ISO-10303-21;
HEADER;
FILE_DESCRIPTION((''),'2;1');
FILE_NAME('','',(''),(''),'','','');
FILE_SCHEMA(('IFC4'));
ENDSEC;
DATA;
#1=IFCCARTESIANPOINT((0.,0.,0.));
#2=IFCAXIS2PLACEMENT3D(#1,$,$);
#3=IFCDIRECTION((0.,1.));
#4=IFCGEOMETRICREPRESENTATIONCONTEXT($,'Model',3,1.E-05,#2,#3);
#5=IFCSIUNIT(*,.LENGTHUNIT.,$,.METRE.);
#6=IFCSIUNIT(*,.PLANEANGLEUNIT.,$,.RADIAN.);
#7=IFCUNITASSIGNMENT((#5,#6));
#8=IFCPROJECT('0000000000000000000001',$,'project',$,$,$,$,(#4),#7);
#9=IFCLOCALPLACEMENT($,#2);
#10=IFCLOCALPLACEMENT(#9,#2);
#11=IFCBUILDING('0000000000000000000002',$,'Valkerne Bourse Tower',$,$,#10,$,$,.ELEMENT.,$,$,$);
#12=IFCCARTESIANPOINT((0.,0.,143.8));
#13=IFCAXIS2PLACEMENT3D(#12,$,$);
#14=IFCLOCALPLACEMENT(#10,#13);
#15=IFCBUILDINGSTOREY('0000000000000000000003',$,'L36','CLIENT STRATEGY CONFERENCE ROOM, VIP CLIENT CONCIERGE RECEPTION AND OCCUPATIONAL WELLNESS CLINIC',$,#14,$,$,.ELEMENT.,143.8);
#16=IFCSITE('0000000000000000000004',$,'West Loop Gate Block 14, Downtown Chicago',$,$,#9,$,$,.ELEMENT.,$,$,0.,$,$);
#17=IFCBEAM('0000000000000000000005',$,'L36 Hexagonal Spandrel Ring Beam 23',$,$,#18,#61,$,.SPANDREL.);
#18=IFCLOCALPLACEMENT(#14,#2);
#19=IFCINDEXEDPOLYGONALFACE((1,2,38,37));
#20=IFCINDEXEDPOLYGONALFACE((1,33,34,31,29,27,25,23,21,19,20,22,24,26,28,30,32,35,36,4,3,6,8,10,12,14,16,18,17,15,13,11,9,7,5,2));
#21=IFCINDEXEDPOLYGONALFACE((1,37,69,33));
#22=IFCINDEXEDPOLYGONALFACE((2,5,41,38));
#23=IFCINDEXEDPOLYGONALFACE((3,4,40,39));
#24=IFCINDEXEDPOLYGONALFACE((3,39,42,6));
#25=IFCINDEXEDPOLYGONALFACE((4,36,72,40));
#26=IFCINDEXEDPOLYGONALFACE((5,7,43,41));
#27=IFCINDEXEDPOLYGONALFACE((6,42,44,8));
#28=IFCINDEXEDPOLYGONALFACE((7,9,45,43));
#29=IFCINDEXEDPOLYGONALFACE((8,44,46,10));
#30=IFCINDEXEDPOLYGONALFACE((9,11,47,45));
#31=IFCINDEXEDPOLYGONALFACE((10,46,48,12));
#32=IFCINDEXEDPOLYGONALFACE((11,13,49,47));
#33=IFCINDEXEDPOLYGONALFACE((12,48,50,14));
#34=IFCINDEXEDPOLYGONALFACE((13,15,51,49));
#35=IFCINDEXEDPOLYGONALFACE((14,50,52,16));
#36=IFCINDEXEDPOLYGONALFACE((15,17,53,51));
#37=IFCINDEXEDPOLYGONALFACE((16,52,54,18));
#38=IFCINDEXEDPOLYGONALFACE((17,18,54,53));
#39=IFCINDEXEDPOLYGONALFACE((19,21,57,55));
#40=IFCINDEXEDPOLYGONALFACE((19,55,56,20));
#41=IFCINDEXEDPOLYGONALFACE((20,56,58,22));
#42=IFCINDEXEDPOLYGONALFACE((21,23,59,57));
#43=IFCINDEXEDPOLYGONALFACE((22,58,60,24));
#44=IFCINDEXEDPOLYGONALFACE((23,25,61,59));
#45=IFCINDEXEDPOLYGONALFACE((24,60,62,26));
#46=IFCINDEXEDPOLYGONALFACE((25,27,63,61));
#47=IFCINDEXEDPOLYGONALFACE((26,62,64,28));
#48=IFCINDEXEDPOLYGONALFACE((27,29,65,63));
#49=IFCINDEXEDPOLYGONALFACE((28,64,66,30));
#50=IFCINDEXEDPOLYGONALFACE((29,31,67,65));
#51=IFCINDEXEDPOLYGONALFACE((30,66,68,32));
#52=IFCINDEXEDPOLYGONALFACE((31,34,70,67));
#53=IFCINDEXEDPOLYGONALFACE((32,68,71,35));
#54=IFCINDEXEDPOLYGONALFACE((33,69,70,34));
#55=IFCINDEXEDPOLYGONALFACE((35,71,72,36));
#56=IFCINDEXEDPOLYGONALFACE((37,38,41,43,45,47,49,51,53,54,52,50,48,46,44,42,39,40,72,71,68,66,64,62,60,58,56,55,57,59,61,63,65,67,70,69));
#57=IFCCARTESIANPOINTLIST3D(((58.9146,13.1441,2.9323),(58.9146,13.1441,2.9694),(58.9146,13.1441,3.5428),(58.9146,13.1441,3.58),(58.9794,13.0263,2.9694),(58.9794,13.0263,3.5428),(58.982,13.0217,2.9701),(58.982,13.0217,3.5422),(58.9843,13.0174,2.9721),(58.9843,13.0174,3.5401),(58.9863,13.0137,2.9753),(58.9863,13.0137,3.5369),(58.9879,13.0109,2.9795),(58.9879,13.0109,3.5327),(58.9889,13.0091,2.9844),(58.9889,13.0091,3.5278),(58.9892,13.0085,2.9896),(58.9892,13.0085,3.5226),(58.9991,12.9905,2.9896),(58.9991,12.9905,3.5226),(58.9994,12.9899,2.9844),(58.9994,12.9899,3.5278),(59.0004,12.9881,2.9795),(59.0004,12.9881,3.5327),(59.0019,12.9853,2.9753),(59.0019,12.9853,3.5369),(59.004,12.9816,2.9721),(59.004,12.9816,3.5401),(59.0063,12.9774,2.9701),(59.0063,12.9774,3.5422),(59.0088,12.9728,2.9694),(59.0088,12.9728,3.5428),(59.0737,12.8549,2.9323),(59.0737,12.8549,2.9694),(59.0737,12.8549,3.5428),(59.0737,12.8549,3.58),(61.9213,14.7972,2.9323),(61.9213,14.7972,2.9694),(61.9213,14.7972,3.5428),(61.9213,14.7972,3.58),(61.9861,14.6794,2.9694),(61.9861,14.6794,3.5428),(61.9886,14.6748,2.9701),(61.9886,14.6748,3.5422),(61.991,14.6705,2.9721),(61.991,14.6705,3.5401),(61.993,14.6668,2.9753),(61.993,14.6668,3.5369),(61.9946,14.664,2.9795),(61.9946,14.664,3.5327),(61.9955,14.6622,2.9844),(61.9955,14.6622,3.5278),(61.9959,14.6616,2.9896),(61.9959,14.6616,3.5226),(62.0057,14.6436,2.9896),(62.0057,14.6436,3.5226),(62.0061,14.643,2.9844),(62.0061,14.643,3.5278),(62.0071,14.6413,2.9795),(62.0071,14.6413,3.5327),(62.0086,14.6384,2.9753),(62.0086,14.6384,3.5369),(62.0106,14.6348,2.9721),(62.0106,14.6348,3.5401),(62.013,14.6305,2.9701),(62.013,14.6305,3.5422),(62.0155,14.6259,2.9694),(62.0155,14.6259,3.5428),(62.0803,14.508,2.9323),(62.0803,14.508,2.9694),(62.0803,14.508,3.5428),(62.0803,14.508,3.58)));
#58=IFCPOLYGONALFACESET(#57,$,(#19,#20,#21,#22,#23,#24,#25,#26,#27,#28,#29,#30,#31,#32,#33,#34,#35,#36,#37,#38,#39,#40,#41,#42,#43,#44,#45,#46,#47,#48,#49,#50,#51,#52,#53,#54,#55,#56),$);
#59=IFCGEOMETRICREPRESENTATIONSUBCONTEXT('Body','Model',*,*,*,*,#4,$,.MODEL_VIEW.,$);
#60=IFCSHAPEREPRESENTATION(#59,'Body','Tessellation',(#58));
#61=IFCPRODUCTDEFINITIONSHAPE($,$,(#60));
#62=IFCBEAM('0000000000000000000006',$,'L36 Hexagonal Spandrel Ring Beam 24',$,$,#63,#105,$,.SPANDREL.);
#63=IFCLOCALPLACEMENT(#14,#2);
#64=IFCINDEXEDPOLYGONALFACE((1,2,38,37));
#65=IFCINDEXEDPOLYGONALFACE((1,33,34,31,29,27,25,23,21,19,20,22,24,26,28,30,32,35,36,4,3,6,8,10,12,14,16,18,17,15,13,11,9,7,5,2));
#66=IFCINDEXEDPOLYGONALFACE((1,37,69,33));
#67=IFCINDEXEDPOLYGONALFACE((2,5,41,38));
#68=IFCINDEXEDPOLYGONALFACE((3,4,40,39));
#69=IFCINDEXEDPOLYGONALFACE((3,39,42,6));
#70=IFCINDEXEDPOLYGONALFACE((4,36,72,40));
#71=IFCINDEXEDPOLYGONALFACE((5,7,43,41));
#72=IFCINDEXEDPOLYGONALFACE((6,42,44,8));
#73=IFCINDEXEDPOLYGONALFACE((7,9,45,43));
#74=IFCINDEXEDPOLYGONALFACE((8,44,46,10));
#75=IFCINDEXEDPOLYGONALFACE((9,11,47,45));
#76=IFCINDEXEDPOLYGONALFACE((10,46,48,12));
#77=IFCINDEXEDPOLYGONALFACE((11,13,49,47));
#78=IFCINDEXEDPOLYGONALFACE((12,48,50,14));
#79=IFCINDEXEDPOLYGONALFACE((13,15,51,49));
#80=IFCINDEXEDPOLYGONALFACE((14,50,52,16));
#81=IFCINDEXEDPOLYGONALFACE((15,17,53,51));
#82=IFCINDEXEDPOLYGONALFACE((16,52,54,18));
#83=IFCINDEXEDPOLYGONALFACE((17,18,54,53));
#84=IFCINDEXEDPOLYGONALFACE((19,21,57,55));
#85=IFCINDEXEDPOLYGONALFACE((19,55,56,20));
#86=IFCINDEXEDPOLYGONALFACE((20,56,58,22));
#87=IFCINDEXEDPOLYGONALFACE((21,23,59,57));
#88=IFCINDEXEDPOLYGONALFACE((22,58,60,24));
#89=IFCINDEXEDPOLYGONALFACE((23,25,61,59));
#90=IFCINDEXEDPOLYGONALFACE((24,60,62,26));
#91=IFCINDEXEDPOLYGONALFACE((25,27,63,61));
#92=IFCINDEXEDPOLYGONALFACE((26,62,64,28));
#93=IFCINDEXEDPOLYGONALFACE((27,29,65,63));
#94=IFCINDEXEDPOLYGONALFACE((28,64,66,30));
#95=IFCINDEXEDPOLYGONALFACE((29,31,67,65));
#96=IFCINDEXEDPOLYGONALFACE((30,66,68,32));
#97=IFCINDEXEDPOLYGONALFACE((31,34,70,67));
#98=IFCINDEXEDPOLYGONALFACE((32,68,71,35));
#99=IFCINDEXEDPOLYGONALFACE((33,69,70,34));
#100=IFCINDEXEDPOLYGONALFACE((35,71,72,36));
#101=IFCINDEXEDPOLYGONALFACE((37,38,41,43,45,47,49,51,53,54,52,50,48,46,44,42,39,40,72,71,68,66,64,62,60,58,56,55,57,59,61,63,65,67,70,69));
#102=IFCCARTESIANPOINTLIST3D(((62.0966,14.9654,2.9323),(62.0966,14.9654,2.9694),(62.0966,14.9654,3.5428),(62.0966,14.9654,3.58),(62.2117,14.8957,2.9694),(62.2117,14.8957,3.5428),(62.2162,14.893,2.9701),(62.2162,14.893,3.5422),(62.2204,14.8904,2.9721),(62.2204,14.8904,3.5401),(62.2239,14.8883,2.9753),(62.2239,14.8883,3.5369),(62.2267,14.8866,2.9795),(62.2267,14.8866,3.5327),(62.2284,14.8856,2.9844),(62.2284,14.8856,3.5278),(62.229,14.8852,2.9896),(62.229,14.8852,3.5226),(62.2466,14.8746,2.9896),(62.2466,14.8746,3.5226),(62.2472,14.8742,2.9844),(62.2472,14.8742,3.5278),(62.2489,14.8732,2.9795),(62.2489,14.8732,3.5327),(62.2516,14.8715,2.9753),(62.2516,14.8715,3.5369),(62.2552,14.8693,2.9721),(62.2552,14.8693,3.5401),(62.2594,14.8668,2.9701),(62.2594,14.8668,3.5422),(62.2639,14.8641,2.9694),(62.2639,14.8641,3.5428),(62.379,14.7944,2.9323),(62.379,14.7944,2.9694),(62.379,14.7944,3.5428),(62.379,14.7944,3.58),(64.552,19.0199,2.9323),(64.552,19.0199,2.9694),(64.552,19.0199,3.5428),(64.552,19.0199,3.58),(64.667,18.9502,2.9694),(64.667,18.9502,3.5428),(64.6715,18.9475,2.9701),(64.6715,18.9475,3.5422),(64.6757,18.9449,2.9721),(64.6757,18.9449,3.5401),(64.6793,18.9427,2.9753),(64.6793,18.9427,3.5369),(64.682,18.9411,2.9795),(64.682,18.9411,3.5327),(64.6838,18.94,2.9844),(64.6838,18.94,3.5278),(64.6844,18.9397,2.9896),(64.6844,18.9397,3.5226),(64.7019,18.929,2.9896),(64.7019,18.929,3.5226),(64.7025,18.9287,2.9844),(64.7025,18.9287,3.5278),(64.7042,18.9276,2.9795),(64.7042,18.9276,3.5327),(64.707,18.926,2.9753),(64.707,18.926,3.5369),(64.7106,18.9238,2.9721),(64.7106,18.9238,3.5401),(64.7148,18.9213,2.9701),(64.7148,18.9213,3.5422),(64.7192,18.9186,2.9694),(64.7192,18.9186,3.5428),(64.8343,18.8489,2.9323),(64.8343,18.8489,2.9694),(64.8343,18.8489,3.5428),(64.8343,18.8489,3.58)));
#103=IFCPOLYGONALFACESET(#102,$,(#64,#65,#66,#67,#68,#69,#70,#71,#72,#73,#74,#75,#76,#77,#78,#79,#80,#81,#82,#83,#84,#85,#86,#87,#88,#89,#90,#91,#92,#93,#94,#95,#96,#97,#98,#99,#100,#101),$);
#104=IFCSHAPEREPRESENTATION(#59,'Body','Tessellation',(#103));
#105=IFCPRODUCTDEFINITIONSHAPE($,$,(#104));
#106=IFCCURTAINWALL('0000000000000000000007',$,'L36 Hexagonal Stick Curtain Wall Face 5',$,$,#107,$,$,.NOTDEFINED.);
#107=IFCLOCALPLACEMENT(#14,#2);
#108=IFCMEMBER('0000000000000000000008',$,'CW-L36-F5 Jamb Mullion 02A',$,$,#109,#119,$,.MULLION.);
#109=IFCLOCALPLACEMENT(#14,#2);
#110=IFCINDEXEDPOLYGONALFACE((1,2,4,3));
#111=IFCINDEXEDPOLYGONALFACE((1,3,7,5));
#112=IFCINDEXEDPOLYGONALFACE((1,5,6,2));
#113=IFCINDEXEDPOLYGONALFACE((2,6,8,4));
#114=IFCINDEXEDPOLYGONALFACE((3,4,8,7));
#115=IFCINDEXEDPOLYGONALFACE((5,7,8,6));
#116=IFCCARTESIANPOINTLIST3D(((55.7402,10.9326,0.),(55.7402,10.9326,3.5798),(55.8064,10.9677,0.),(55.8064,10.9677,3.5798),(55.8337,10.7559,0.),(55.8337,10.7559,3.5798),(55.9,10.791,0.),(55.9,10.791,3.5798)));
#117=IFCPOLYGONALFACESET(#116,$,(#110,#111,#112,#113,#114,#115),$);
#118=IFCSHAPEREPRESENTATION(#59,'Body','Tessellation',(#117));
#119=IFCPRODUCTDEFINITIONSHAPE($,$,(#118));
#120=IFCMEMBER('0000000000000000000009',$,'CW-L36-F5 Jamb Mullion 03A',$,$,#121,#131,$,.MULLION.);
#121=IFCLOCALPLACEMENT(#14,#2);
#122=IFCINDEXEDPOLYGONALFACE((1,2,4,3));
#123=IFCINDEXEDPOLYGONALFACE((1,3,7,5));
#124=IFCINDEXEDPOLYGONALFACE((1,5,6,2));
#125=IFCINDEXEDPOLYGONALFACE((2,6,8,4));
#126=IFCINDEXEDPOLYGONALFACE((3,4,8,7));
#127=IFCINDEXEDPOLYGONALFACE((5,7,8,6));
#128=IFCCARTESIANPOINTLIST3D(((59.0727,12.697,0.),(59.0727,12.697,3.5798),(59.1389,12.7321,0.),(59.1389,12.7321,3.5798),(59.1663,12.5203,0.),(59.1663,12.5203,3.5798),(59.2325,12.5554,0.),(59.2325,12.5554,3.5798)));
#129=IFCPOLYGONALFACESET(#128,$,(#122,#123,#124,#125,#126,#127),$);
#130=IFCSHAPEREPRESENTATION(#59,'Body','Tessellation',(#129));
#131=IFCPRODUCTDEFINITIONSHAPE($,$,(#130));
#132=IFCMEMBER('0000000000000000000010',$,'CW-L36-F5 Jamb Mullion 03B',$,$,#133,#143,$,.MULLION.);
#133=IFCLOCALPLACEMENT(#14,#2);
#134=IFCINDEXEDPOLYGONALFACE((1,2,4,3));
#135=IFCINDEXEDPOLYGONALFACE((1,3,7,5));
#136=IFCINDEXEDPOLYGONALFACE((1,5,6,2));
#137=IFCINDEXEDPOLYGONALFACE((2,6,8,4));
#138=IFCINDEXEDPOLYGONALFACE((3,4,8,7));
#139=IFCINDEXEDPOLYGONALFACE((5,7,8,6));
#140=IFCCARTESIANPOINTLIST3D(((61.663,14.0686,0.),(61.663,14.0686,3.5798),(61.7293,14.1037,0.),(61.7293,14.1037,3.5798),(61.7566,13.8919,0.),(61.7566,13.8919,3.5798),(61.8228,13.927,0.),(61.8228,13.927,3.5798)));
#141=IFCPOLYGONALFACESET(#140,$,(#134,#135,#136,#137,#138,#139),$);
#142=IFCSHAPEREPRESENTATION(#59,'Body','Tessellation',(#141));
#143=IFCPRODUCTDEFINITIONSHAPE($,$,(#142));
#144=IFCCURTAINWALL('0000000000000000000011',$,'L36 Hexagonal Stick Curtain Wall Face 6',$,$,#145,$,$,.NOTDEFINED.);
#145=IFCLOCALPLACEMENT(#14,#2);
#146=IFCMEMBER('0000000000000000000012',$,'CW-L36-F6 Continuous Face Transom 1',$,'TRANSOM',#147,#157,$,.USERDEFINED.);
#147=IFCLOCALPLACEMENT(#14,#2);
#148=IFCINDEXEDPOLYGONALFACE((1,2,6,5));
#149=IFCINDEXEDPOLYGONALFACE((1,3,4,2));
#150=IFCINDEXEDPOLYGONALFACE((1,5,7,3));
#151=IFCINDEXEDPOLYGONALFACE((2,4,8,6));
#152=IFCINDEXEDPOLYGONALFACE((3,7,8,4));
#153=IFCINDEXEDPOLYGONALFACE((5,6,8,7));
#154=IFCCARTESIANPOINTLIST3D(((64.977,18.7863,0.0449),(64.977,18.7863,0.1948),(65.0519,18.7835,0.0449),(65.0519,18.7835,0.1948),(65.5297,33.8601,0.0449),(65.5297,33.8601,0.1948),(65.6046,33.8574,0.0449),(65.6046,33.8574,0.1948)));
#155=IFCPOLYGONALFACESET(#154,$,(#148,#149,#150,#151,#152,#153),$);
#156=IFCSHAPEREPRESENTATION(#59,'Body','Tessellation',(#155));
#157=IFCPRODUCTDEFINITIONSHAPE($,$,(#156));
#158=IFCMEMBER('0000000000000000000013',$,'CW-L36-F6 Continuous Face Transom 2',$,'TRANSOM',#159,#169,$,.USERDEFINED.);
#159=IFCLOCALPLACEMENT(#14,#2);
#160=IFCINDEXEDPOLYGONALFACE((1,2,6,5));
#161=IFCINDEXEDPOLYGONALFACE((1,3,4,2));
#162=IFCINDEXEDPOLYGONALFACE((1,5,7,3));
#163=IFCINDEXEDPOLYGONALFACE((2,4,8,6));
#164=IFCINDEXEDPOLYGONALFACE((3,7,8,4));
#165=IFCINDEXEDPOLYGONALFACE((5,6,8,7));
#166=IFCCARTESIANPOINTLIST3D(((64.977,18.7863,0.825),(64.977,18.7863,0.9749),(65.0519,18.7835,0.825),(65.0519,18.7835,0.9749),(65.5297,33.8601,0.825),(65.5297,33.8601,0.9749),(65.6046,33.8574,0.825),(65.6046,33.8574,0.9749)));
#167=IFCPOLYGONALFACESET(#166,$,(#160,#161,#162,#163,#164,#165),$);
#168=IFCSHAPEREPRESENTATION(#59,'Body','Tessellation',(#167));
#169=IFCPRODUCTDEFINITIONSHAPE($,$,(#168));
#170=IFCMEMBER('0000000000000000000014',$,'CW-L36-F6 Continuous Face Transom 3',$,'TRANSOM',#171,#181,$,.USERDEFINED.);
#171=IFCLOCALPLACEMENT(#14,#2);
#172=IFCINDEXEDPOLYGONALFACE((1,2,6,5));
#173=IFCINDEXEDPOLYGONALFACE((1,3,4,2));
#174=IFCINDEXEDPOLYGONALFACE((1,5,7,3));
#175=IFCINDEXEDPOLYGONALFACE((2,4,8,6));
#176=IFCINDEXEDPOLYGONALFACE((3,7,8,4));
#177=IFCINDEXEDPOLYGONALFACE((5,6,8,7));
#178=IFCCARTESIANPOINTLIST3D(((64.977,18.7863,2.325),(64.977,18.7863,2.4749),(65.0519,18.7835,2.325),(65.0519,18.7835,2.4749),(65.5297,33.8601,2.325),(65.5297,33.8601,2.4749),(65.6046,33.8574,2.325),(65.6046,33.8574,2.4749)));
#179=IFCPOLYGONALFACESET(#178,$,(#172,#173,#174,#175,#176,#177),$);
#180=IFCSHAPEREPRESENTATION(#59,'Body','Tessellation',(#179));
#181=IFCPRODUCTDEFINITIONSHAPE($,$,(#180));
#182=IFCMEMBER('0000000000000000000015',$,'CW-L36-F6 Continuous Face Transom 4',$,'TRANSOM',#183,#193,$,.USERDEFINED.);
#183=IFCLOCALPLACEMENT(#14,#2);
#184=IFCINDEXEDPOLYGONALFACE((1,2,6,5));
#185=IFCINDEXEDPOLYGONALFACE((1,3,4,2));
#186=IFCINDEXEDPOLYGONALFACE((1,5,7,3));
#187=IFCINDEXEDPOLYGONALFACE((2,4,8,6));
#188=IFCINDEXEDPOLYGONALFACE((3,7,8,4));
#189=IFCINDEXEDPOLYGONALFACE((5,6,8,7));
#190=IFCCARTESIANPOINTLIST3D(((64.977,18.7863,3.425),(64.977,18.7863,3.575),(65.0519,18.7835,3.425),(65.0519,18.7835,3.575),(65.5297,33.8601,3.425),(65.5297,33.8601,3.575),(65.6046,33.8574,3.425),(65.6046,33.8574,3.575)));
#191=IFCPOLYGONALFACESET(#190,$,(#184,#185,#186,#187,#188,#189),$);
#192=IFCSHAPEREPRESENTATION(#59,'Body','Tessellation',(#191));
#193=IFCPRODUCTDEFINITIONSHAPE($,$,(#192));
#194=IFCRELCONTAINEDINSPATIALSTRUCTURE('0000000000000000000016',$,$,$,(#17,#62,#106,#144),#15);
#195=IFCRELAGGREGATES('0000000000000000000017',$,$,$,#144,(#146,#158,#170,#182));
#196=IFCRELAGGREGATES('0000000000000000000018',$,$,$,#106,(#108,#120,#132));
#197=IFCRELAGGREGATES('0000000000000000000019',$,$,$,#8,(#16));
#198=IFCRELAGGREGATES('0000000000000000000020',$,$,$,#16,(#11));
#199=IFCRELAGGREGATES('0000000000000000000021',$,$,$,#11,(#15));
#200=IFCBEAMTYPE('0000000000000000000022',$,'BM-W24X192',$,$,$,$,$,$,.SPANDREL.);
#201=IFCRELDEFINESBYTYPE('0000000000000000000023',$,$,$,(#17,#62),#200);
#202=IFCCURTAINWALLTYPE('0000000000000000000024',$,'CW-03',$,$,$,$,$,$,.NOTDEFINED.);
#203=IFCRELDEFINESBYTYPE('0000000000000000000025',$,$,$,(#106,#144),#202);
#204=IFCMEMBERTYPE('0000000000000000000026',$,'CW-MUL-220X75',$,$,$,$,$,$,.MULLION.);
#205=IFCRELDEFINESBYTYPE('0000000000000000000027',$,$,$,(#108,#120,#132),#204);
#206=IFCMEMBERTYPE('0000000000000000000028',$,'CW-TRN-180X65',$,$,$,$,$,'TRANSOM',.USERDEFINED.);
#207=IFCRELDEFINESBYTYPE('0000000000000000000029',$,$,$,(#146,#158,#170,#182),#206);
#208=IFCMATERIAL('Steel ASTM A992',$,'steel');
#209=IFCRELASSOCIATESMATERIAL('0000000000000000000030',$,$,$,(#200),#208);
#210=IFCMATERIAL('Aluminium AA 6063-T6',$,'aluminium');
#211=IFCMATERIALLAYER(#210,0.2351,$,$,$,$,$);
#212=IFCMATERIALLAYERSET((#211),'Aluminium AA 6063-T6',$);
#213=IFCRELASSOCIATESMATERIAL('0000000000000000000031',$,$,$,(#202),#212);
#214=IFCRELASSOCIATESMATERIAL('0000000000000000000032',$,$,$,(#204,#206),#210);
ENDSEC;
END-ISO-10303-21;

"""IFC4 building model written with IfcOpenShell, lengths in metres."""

from ifc_helpers import new_model, si_unit, direction, frame, origin, origin_2d, place, context, subcontext, project, spatial, rectangle, i_section, extrude, material, layer, layer_set, material_profile, profile_set, type_object, element, aggregate, save


model = new_model("IFC4")

# Units and contexts
model_context = context("Model", 3, precision=1e-05, world=origin(), true_north=direction((0.0, 1.0)))
body_context = subcontext(model_context, "Body", "Model", "MODEL_VIEW")
ifc_project = project(units=[si_unit("LENGTHUNIT", "METRE"), si_unit("PLANEANGLEUNIT", "RADIAN")], contexts=[model_context])

# Site, building, storey
site_placement = place(None, origin())
site = spatial("IfcSite", under=ifc_project, at=site_placement, Name="West Loop Gate Block 14, Downtown Chicago", CompositionType="ELEMENT", RefElevation=0.0)
building_placement = place(site_placement, origin())
building = spatial("IfcBuilding", under=site, at=building_placement, Name="Valkerne Bourse Tower", CompositionType="ELEMENT")
storey_placement = place(building_placement, frame((0.0, 0.0, 143.8)))
storey = spatial("IfcBuildingStorey", under=building, at=storey_placement, Name="L36", Description="CLIENT STRATEGY CONFERENCE ROOM, VIP CLIENT CONCIERGE RECEPTION AND OCCUPATIONAL WELLNESS CLINIC", CompositionType="ELEMENT", Elevation=143.8)

# Beams
ifc_material_1 = material(Name="Steel ASTM A992", Category="steel")
ifc_material_profile_1 = material_profile(ifc_material_1, i_section(OverallWidth=0.3301, OverallDepth=0.6477, WebThickness=0.0205, FlangeThickness=0.0371, FilletRadius=0.0203, at=origin_2d()), Name="W24X192")
ifc_profile_set_1 = profile_set([ifc_material_profile_1], Name="Steel ASTM A992")
beam_type = type_object("IfcBeamType", Name="BM-W24X192", PredefinedType="SPANDREL", material=ifc_profile_set_1)
beam_1_placement = place(storey_placement, frame((58.9941, 12.9995, 3.2561), z_axis=(0.876284, 0.481796, 0.0), x_axis=(-0.481796, 0.876284, 0.0)))
element("IfcBeam", 1, at=beam_1_placement, inside=storey, type_object=beam_type, Name="L36 Hexagonal Spandrel Ring Beam 23", PredefinedType="SPANDREL", context=body_context, shape_type="SweptSolid", body=[
    extrude(i_section(OverallWidth=0.3301, OverallDepth=0.6477, WebThickness=0.0205, FlangeThickness=0.0371, FilletRadius=0.0203, at=origin_2d()), origin(), (0.0, 0.0, 1.0), 3.4312),
])
beam_2_placement = place(storey_placement, frame((62.2378, 14.8799, 3.2561), z_axis=(0.518006, 0.855377, 0.0), x_axis=(-0.855377, 0.518006, 0.0)))
element("IfcBeam", 2, at=beam_2_placement, inside=storey, type_object=beam_type, Name="L36 Hexagonal Spandrel Ring Beam 24", PredefinedType="SPANDREL", context=body_context, shape_type="SweptSolid", body=[
    extrude(i_section(OverallWidth=0.3301, OverallDepth=0.6477, WebThickness=0.0205, FlangeThickness=0.0371, FilletRadius=0.0203, at=origin_2d()), origin(), (0.0, 0.0, 1.0), 4.74),
])

# Curtain walls, members
ifc_material_2 = material(Name="Aluminium AA 6063-T6", Category="aluminium")
ifc_layer_1 = layer(ifc_material_2, 0.2351)
ifc_layer_set_1 = layer_set([ifc_layer_1], Name="Aluminium AA 6063-T6")
curtain_wall_type = type_object("IfcCurtainWallType", Name="CW-03", PredefinedType="NOTDEFINED", material=ifc_layer_set_1)
curtain_wall_1_placement = place(storey_placement, origin())
curtain_wall_1 = element("IfcCurtainWall", 3, at=curtain_wall_1_placement, inside=storey, type_object=curtain_wall_type, Name="L36 Hexagonal Stick Curtain Wall Face 5", PredefinedType="NOTDEFINED")
ifc_material_profile_2 = material_profile(ifc_material_2, rectangle(XDim=0.075, YDim=0.2, at=origin_2d()), Name="CWM-75X200")
ifc_profile_set_2 = profile_set([ifc_material_profile_2], Name="Aluminium AA 6063-T6")
member_type_1 = type_object("IfcMemberType", Name="CW-MUL-220X75", PredefinedType="MULLION", material=ifc_profile_set_2)
member_1_placement = place(storey_placement, frame((55.8201, 10.8618, 0.0), z_axis=(0.0, 0.0, 1.0), x_axis=(0.883757, 0.467946, 0.0)))
member_1 = element("IfcMember", 4, at=member_1_placement, type_object=member_type_1, Name="CW-L36-F5 Jamb Mullion 02A", PredefinedType="MULLION", context=body_context, shape_type="SweptSolid", body=[
    extrude(rectangle(XDim=0.075, YDim=0.2, at=origin_2d()), origin(), (0.0, 0.0, 1.0), 3.5798),
])
member_2_placement = place(storey_placement, frame((59.1526, 12.6262, 0.0), z_axis=(0.0, 0.0, 1.0), x_axis=(0.883763, 0.467935, 0.0)))
member_2 = element("IfcMember", 5, at=member_2_placement, type_object=member_type_1, Name="CW-L36-F5 Jamb Mullion 03A", PredefinedType="MULLION", context=body_context, shape_type="SweptSolid", body=[
    extrude(rectangle(XDim=0.075, YDim=0.2, at=origin_2d()), origin(), (0.0, 0.0, 1.0), 3.5798),
])
member_3_placement = place(storey_placement, frame((61.7429, 13.9978, 0.0), z_axis=(0.0, 0.0, 1.0), x_axis=(0.883763, 0.467935, 0.0)))
member_3 = element("IfcMember", 6, at=member_3_placement, type_object=member_type_1, Name="CW-L36-F5 Jamb Mullion 03B", PredefinedType="MULLION", context=body_context, shape_type="SweptSolid", body=[
    extrude(rectangle(XDim=0.075, YDim=0.2, at=origin_2d()), origin(), (0.0, 0.0, 1.0), 3.5798),
])
curtain_wall_2_placement = place(storey_placement, origin())
curtain_wall_2 = element("IfcCurtainWall", 7, at=curtain_wall_2_placement, inside=storey, type_object=curtain_wall_type, Name="L36 Hexagonal Stick Curtain Wall Face 6", PredefinedType="NOTDEFINED")
ifc_material_profile_3 = material_profile(ifc_material_2, rectangle(XDim=0.075, YDim=0.1499, at=origin_2d()), Name="CWT-75X150")
ifc_profile_set_3 = profile_set([ifc_material_profile_3], Name="Aluminium AA 6063-T6")
member_type_2 = type_object("IfcMemberType", Name="CW-TRN-180X65", ElementType="TRANSOM", PredefinedType="USERDEFINED", material=ifc_profile_set_3)
member_4_placement = place(storey_placement, frame((65.0144, 18.7849, 0.1199), z_axis=(0.036643, 0.999328, 0.0), x_axis=(-0.999328, 0.036643, 0.0)))
member_4 = element("IfcMember", 8, at=member_4_placement, type_object=member_type_2, Name="CW-L36-F6 Continuous Face Transom 1", ObjectType="TRANSOM", PredefinedType="USERDEFINED", context=body_context, shape_type="SweptSolid", body=[
    extrude(rectangle(XDim=0.075, YDim=0.1499, at=origin_2d()), origin(), (0.0, 0.0, 1.0), 15.084),
])
member_5_placement = place(storey_placement, frame((65.0144, 18.7849, 0.8999), z_axis=(0.036643, 0.999328, 0.0), x_axis=(-0.999328, 0.036643, 0.0)))
member_5 = element("IfcMember", 9, at=member_5_placement, type_object=member_type_2, Name="CW-L36-F6 Continuous Face Transom 2", ObjectType="TRANSOM", PredefinedType="USERDEFINED", context=body_context, shape_type="SweptSolid", body=[
    extrude(rectangle(XDim=0.075, YDim=0.1499, at=origin_2d()), origin(), (0.0, 0.0, 1.0), 15.084),
])
member_6_placement = place(storey_placement, frame((65.0144, 18.7849, 2.3999), z_axis=(0.036643, 0.999328, 0.0), x_axis=(-0.999328, 0.036643, 0.0)))
member_6 = element("IfcMember", 10, at=member_6_placement, type_object=member_type_2, Name="CW-L36-F6 Continuous Face Transom 3", ObjectType="TRANSOM", PredefinedType="USERDEFINED", context=body_context, shape_type="SweptSolid", body=[
    extrude(rectangle(XDim=0.075, YDim=0.1499, at=origin_2d()), origin(), (0.0, 0.0, 1.0), 15.084),
])
member_7_placement = place(storey_placement, frame((65.0144, 18.7849, 3.5), z_axis=(0.036643, 0.999328, 0.0), x_axis=(-0.999328, 0.036643, 0.0)))
member_7 = element("IfcMember", 11, at=member_7_placement, type_object=member_type_2, Name="CW-L36-F6 Continuous Face Transom 4", ObjectType="TRANSOM", PredefinedType="USERDEFINED", context=body_context, shape_type="SweptSolid", body=[
    extrude(rectangle(XDim=0.075, YDim=0.1499, at=origin_2d()), origin(), (0.0, 0.0, 1.0), 15.084),
])
aggregate(curtain_wall_2, [member_4, member_5, member_6, member_7])

aggregate(curtain_wall_1, [member_1, member_2, member_3])

save(model, "model.ifc")
